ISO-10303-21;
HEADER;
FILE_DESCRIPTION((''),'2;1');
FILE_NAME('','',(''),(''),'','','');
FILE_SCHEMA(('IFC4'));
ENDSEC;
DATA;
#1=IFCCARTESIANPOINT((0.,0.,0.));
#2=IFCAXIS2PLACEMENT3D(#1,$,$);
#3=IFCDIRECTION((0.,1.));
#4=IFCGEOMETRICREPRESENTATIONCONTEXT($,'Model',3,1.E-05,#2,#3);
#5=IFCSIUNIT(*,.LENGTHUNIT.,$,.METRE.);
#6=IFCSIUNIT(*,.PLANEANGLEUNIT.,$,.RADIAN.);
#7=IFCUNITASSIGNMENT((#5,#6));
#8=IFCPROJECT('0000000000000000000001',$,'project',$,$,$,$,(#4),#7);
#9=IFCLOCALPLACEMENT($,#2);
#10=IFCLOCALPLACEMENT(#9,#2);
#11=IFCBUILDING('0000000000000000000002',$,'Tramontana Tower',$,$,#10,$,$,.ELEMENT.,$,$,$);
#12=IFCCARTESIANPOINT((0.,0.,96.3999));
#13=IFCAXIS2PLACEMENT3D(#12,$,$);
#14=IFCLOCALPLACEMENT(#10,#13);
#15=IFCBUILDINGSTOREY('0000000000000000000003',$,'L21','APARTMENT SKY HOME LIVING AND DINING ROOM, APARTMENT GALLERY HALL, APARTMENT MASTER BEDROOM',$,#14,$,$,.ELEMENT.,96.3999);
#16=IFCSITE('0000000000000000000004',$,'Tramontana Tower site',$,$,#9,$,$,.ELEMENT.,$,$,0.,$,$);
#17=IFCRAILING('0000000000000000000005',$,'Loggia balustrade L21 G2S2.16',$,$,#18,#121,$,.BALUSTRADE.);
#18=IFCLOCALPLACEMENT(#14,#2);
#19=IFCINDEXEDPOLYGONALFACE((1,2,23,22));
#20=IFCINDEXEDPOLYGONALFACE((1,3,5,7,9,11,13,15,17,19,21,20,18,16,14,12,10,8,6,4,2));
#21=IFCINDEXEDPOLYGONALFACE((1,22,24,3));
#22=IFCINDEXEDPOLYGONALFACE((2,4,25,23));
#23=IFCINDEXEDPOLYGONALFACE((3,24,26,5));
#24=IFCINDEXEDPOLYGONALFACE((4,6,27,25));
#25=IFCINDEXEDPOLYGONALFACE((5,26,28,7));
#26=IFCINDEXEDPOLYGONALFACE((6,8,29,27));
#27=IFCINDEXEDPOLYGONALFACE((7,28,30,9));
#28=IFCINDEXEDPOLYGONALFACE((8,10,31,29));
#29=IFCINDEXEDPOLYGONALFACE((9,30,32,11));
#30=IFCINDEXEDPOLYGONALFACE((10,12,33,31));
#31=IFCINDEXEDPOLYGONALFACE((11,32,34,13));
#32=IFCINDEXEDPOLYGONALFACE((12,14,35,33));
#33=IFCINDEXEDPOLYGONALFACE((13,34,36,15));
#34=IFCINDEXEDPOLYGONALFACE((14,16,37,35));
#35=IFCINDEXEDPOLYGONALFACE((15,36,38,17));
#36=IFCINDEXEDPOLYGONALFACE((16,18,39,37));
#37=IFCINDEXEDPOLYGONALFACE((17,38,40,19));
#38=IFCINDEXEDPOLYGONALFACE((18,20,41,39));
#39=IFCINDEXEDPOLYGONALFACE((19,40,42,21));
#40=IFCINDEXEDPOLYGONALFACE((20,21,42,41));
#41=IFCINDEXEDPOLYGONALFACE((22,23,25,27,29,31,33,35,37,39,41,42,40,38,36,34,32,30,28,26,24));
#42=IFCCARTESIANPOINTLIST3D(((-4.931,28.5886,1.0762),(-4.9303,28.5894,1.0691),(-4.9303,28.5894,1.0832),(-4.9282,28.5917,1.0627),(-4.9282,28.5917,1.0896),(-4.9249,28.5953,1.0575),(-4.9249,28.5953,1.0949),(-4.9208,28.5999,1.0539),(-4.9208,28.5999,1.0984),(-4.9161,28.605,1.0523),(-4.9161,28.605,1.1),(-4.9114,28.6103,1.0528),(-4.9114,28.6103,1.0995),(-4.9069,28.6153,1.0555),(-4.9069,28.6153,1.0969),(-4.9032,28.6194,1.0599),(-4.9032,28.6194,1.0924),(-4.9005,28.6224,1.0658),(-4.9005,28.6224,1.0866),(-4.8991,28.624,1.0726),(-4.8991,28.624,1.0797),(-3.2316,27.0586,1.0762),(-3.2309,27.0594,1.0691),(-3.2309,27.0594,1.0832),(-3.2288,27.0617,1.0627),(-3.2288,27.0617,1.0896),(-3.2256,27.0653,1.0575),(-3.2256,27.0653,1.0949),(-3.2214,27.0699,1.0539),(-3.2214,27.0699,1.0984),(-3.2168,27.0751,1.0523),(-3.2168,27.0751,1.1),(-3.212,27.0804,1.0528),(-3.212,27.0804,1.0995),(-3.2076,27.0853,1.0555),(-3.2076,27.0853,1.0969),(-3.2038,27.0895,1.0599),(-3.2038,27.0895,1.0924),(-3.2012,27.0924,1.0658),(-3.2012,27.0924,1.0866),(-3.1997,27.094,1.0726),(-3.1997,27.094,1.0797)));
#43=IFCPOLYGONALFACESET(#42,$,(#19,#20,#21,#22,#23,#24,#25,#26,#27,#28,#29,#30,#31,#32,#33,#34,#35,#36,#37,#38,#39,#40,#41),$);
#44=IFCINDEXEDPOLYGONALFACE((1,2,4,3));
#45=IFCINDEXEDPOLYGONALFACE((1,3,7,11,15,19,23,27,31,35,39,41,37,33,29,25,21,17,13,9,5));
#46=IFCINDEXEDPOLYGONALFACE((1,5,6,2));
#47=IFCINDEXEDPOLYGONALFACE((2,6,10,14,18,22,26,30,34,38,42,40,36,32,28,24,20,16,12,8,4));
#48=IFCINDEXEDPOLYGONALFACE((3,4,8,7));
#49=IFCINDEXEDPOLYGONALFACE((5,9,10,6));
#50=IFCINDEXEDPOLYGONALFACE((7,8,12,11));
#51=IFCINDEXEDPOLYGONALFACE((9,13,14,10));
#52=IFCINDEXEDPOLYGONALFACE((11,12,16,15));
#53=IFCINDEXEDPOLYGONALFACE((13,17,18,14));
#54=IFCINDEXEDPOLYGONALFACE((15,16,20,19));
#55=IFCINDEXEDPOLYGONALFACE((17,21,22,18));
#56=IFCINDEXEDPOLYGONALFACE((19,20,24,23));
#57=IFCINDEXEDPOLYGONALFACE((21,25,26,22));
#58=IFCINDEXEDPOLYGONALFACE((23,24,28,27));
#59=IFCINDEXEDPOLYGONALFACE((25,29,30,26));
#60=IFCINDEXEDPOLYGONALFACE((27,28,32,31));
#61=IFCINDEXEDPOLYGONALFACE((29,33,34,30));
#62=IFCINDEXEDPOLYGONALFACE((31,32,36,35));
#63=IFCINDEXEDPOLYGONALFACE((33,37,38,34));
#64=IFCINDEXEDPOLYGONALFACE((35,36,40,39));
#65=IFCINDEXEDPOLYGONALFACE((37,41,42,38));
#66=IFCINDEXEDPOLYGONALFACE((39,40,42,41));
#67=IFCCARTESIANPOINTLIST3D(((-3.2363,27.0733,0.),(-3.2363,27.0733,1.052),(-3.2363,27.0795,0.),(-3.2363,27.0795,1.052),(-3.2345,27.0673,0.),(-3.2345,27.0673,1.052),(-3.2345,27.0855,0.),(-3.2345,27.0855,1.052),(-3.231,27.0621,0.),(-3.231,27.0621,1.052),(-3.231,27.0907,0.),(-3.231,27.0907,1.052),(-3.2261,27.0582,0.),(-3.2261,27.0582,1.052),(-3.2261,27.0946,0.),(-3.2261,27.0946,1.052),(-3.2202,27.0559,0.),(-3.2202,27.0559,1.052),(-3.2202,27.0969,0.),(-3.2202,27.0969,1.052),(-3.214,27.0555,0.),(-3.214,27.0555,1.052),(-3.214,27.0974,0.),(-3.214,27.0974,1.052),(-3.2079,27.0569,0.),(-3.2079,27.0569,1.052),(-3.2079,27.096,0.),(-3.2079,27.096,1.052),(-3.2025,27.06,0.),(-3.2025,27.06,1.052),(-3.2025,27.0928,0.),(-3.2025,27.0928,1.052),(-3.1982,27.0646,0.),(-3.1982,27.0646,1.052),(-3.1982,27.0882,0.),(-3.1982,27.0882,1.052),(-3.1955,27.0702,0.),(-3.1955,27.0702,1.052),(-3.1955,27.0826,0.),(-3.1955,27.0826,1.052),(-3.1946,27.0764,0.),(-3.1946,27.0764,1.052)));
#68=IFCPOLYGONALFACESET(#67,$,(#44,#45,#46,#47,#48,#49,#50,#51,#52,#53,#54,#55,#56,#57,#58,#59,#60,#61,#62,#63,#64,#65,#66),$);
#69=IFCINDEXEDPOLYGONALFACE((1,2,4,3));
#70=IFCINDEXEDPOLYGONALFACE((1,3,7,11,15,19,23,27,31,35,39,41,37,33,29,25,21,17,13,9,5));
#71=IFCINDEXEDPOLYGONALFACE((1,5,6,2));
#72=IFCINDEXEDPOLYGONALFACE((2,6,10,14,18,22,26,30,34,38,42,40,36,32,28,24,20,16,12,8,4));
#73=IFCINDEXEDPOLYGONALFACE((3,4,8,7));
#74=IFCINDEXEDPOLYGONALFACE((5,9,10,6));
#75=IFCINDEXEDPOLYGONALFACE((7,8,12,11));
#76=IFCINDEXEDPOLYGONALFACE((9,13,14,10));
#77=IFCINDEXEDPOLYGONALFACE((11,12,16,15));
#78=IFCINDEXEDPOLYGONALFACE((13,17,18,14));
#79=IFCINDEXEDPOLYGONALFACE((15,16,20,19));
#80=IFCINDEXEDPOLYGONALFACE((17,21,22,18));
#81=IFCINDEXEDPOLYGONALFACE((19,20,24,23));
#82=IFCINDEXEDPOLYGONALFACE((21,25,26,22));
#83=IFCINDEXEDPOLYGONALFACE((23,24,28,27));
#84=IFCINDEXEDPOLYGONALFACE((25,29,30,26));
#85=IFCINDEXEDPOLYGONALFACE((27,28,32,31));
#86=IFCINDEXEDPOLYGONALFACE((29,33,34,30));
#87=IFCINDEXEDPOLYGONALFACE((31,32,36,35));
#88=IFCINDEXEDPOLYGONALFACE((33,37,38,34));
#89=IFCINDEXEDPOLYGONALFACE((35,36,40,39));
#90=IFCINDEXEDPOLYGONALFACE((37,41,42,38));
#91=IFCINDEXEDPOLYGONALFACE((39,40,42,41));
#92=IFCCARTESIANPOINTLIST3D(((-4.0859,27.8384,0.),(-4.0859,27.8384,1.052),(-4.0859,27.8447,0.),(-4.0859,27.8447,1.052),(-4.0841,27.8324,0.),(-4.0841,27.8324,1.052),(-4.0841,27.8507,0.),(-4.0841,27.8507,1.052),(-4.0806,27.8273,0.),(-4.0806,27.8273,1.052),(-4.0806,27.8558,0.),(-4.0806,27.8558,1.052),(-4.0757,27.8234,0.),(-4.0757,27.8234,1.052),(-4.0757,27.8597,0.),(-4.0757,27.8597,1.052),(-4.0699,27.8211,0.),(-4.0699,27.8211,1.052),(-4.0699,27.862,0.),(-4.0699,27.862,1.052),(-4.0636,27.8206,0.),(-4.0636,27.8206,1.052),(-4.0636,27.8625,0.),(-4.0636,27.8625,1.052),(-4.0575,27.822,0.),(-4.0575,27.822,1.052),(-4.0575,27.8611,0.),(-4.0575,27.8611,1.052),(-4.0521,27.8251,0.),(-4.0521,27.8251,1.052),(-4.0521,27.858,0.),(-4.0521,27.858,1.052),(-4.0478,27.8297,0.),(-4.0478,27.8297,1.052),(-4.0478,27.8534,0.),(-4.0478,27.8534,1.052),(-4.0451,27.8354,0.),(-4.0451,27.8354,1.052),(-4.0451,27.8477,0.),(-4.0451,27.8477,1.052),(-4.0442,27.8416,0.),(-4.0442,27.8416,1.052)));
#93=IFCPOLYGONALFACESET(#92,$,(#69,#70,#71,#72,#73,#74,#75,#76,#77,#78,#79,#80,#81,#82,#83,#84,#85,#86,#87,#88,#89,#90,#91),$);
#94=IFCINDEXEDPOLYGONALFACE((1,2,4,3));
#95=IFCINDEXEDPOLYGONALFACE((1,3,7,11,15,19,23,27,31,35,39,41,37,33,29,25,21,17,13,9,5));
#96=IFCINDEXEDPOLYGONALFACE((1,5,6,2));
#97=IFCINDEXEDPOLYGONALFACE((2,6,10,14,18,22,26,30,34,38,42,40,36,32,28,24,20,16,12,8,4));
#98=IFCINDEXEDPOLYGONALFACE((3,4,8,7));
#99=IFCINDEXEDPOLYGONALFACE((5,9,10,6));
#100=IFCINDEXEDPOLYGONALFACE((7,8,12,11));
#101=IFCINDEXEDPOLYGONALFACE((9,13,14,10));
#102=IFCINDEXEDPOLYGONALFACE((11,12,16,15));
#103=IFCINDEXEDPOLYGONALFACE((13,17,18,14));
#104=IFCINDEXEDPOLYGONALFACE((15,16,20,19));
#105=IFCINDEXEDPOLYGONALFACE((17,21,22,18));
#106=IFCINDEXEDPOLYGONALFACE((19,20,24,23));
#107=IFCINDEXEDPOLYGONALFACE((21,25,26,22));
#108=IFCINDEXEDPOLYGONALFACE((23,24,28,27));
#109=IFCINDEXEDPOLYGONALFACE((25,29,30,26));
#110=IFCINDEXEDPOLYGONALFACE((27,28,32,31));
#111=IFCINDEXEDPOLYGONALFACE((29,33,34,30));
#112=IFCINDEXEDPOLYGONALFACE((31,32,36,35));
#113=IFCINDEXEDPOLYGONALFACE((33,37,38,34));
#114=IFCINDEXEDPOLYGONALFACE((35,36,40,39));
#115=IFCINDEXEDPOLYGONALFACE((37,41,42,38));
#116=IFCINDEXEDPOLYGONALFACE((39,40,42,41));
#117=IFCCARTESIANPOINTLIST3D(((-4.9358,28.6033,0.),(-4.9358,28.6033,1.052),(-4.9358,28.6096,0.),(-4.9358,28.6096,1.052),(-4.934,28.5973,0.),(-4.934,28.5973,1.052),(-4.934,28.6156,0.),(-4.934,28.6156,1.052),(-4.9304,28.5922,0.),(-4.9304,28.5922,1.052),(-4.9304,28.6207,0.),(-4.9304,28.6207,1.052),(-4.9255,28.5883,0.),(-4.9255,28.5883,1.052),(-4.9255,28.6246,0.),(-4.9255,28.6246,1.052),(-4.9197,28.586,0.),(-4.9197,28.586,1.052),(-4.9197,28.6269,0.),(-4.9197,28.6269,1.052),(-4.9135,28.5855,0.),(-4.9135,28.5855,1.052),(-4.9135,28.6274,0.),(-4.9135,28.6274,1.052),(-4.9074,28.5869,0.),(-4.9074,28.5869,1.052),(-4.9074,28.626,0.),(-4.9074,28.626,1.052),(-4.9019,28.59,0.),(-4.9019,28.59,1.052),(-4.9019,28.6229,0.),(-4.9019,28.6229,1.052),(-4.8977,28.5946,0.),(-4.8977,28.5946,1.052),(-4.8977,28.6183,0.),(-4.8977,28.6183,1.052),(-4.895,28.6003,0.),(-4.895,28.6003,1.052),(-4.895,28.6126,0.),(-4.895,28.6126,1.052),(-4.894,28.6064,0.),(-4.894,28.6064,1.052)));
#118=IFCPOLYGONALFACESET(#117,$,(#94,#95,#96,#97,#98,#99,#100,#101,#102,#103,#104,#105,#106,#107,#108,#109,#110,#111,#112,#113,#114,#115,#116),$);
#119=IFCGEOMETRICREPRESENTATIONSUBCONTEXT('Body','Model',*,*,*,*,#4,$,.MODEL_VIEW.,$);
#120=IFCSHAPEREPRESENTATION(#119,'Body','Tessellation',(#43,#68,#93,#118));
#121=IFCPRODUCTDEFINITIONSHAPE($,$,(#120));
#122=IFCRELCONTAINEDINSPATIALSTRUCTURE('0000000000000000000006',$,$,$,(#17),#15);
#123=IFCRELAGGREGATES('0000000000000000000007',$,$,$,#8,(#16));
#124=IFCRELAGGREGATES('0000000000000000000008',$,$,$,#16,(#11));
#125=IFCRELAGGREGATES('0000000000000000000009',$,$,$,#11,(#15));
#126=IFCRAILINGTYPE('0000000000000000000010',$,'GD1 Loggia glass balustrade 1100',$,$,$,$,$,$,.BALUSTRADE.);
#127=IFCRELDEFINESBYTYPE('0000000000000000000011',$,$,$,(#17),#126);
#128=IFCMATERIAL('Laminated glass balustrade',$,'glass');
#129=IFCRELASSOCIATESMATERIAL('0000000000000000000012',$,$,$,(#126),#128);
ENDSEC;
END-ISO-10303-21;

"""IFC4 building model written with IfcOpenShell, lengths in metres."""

from ifc_helpers import new_model, si_unit, direction, frame, origin, origin_2d, place, context, subcontext, project, spatial, circle, extrude, material, type_object, element, save


model = new_model("IFC4")

# Units and contexts
model_context = context("Model", 3, precision=1e-05, world=origin(), true_north=direction((0.0, 1.0)))
body_context = subcontext(model_context, "Body", "Model", "MODEL_VIEW")
ifc_project = project(units=[si_unit("LENGTHUNIT", "METRE"), si_unit("PLANEANGLEUNIT", "RADIAN")], contexts=[model_context])

# Site, building, storey
site_placement = place(None, origin())
site = spatial("IfcSite", under=ifc_project, at=site_placement, Name="Tramontana Tower site", CompositionType="ELEMENT", RefElevation=0.0)
building_placement = place(site_placement, origin())
building = spatial("IfcBuilding", under=site, at=building_placement, Name="Tramontana Tower", CompositionType="ELEMENT")
storey_placement = place(building_placement, frame((0.0, 0.0, 96.3999)))
storey = spatial("IfcBuildingStorey", under=building, at=storey_placement, Name="L21", Description="APARTMENT SKY HOME LIVING AND DINING ROOM, APARTMENT GALLERY HALL, APARTMENT MASTER BEDROOM", CompositionType="ELEMENT", Elevation=96.3999)

# Railing
ifc_material_1 = material(Name="Laminated glass balustrade", Category="glass")
railing_type = type_object("IfcRailingType", Name="GD1 Loggia glass balustrade 1100", PredefinedType="BALUSTRADE", material=ifc_material_1)
railing_1_placement = place(storey_placement, frame((-3.2156, 27.0764, 0.0)))
element("IfcRailing", 1, at=railing_1_placement, inside=storey, type_object=railing_type, Name="Loggia balustrade L21 G2S2.16", PredefinedType="BALUSTRADE", context=body_context, shape_type="SweptSolid", body=[
    extrude(circle(Radius=0.0239, at=origin_2d()), frame((0.0, 0.0, 1.0762), z_axis=(-0.743183, 0.669089, 0.0), x_axis=(-0.669089, -0.743183, 0.0)), (0.0, 0.0, 1.0), 2.2866),
    extrude(circle(Radius=0.021, at=origin_2d()), origin(), (0.0, 0.0, 1.0), 1.052),
    extrude(circle(Radius=0.021, at=origin_2d()), frame((-0.8496, 0.7651, 0.0)), (0.0, 0.0, 1.0), 1.052),
    extrude(circle(Radius=0.021, at=origin_2d()), frame((-1.6995, 1.53, 0.0)), (0.0, 0.0, 1.0), 1.052),
])

save(model, "model.ifc")
